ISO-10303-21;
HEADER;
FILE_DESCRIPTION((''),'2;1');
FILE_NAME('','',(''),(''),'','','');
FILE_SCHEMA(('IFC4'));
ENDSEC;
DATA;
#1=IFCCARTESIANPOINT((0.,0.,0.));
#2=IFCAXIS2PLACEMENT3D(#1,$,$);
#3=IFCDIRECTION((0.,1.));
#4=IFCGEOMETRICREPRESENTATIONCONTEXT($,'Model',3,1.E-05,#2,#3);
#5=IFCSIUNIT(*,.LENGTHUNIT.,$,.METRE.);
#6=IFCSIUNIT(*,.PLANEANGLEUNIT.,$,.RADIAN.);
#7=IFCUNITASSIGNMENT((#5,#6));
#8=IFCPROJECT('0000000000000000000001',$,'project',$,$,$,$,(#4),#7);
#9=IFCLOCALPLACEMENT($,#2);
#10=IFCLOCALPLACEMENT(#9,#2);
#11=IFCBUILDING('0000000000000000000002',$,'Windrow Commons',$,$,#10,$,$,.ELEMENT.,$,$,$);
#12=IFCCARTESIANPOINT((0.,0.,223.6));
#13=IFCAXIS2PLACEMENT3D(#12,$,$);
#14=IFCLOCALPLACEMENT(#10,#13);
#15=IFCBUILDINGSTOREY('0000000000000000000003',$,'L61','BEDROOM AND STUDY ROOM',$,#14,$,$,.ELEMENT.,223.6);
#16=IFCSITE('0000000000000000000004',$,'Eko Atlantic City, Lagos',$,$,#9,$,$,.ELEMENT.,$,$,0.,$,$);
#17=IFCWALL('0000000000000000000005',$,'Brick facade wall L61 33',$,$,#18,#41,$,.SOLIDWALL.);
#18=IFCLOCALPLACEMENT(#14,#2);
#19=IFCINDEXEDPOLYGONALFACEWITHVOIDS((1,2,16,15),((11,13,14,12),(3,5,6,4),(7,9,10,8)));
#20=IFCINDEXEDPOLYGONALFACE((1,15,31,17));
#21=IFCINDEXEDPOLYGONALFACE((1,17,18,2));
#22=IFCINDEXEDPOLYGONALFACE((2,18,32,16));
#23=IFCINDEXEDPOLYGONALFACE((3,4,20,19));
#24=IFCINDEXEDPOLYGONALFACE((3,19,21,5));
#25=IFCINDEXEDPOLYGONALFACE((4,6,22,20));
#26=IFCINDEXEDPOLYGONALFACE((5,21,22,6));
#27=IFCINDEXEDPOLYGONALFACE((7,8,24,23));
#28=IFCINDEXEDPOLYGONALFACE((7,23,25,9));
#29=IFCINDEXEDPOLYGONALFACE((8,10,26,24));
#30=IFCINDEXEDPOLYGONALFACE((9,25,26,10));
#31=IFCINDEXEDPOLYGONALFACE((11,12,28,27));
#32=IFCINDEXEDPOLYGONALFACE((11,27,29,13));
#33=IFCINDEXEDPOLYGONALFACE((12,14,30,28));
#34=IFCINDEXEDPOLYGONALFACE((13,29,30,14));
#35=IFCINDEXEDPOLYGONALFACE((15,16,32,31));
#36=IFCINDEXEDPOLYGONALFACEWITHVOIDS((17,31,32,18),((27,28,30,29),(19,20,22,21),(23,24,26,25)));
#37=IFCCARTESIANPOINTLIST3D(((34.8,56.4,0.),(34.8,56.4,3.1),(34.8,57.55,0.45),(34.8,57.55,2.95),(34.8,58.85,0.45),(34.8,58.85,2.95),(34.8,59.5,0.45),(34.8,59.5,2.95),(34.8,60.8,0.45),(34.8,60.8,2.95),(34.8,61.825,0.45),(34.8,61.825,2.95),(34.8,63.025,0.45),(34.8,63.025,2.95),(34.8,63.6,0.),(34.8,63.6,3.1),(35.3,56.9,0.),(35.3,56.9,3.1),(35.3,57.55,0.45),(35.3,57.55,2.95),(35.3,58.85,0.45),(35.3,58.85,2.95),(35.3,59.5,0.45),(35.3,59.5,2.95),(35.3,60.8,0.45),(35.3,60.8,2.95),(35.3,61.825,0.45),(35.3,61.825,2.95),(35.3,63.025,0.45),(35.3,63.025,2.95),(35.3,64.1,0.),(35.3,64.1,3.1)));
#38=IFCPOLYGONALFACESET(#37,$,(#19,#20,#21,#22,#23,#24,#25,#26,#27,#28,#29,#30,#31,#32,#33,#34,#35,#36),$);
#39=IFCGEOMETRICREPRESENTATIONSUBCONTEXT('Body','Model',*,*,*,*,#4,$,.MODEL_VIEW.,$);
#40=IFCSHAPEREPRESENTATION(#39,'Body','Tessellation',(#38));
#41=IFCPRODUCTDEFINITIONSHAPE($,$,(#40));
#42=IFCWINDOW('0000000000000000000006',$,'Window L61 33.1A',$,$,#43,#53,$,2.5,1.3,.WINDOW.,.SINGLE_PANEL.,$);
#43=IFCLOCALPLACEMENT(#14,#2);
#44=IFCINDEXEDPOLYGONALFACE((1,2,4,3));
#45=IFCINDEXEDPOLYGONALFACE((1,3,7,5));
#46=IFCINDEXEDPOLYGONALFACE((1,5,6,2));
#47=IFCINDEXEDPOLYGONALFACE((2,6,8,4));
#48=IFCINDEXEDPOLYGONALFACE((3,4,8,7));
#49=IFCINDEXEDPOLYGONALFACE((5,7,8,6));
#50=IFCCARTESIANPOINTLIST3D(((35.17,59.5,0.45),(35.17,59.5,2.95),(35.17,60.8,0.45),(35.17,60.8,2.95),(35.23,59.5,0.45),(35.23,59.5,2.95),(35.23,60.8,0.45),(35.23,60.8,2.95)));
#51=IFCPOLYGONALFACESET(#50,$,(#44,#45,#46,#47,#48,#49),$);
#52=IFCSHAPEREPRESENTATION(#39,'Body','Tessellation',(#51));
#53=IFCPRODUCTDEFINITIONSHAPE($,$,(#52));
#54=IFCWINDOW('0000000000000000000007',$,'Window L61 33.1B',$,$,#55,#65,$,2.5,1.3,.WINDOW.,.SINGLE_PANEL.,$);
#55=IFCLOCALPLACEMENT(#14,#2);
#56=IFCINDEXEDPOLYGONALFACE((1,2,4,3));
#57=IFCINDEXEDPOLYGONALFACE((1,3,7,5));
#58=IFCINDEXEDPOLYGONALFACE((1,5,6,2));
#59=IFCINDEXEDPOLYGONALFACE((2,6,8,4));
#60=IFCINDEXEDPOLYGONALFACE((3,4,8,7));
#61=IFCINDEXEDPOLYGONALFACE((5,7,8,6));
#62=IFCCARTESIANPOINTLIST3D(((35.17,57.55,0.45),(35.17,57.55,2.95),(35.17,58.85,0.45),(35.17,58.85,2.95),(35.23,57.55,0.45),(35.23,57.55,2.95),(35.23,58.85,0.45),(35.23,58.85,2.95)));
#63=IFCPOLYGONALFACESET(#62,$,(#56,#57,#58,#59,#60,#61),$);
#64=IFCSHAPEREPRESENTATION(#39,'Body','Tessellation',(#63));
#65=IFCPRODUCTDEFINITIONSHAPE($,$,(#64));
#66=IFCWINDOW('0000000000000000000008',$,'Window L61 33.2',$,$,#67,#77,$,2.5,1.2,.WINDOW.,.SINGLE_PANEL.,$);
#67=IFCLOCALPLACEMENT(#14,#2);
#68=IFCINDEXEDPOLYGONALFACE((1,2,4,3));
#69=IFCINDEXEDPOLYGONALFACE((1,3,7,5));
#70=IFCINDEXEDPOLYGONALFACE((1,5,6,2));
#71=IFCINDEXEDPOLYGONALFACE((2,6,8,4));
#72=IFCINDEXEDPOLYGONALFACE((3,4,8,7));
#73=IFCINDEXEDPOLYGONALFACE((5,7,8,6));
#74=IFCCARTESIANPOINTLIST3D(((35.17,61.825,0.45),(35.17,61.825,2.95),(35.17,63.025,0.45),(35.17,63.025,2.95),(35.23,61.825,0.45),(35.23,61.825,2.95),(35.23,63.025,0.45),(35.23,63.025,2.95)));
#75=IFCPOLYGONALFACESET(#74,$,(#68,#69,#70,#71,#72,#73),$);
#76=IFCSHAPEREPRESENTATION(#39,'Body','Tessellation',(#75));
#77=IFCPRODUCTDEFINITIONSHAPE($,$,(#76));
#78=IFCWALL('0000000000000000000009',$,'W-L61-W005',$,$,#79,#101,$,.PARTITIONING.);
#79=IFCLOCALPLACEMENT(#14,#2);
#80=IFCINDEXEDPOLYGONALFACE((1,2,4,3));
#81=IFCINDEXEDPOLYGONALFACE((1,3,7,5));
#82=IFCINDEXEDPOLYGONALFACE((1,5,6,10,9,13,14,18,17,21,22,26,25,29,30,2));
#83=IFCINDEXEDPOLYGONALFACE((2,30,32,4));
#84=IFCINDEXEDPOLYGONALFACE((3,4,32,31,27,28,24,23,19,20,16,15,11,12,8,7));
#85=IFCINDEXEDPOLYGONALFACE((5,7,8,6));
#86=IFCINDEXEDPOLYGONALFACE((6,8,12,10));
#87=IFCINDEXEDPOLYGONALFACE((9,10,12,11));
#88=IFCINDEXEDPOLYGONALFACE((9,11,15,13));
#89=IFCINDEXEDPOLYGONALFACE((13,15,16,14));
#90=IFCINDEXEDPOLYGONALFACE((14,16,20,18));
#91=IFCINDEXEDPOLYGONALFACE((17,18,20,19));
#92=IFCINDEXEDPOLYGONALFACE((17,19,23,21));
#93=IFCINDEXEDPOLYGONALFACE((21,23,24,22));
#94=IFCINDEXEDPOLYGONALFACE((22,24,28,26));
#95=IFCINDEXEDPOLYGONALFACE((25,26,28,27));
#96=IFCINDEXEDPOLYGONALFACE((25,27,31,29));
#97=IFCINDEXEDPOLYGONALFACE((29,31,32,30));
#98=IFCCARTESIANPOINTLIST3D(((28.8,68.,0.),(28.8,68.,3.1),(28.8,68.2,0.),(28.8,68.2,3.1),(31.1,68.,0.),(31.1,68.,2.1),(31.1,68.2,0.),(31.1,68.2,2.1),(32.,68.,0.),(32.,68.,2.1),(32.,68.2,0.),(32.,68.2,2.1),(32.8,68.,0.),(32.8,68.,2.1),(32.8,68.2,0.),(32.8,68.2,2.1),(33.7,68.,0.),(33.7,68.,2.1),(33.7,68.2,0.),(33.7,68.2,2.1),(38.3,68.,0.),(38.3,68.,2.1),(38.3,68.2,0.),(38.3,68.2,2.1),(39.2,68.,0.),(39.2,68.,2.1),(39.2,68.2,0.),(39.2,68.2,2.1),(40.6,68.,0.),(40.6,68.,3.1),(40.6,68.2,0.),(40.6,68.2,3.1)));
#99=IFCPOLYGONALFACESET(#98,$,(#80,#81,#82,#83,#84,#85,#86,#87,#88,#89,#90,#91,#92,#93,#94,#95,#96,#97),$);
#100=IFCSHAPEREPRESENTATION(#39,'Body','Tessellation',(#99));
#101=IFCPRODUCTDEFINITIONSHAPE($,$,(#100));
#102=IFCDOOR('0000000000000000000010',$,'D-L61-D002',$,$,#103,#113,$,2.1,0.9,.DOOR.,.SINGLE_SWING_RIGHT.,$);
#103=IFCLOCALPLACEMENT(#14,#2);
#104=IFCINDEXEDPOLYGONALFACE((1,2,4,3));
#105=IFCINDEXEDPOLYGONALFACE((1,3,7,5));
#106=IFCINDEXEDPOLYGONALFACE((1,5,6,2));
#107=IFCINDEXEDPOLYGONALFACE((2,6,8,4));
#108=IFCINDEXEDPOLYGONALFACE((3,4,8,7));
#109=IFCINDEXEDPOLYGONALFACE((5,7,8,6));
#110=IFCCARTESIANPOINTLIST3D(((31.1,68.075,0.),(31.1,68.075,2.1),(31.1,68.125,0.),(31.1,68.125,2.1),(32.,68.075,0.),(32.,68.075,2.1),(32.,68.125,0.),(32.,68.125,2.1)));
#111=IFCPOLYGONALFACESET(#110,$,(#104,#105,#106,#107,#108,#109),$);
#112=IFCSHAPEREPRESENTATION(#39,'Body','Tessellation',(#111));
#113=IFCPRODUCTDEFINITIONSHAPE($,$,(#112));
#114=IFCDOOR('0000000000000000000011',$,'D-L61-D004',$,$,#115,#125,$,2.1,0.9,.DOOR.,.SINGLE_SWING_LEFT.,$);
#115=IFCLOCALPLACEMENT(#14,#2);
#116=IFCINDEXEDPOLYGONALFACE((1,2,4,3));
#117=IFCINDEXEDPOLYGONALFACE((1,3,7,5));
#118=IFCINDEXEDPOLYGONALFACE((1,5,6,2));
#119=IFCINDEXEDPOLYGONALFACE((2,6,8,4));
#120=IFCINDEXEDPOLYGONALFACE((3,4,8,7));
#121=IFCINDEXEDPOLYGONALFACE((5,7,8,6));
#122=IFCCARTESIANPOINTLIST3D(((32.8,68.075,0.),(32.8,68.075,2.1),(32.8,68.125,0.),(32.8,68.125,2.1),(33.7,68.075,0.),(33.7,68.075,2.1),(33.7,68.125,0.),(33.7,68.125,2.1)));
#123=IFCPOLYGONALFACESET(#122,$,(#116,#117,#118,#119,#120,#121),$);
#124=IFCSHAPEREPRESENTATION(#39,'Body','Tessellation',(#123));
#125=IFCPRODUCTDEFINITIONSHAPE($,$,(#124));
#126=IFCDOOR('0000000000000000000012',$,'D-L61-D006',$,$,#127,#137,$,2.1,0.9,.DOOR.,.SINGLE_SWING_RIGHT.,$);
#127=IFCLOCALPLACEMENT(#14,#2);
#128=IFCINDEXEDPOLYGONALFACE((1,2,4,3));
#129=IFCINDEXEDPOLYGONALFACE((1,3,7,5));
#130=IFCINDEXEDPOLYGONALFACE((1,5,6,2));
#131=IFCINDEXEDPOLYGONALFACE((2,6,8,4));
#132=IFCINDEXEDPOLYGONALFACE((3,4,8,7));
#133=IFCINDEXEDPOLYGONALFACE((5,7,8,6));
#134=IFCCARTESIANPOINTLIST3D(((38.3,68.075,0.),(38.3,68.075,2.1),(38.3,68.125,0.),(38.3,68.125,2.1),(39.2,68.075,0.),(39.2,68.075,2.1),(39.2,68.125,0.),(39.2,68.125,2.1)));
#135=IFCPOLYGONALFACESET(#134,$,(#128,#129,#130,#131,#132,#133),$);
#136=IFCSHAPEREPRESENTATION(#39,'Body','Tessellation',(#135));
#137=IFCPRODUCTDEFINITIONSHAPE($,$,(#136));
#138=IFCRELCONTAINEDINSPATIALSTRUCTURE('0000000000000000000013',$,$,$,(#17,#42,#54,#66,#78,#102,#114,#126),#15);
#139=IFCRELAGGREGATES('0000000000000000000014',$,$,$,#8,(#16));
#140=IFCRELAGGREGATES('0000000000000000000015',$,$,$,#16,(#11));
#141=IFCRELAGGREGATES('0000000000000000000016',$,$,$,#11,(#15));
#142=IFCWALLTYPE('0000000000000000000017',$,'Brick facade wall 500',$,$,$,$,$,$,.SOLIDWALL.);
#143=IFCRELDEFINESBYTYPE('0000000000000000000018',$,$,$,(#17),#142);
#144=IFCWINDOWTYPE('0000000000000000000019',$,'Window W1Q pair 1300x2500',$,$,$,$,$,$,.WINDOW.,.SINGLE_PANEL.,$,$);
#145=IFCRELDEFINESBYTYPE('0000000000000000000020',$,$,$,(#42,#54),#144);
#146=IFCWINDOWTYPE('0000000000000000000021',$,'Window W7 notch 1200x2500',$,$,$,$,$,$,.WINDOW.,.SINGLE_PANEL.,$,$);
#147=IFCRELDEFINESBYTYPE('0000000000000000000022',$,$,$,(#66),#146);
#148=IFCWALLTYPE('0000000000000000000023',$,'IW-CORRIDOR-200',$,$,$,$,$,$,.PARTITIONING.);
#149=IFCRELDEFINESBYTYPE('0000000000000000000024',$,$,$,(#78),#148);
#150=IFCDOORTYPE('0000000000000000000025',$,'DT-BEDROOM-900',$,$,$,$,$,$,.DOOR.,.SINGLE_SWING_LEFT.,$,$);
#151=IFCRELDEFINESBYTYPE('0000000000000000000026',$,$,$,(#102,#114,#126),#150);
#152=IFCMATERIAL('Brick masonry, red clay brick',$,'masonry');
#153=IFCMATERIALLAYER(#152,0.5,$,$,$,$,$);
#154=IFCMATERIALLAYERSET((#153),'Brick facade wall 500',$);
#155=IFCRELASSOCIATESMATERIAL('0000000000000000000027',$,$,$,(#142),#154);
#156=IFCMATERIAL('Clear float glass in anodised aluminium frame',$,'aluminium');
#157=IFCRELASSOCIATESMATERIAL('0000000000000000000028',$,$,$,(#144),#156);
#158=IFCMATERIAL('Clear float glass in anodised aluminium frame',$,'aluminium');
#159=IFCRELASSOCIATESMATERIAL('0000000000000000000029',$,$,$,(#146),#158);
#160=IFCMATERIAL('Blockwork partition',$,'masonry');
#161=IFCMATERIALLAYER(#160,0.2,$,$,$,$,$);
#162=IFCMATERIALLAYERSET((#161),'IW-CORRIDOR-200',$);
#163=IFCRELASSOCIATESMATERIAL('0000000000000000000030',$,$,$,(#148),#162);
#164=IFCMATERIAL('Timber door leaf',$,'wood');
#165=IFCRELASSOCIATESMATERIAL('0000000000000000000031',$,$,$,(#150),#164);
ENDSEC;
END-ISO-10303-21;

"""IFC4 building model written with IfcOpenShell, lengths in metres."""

from ifc_helpers import new_model, si_unit, direction, frame, frame_2d, origin, place, context, subcontext, project, spatial, polyline, rectangle, outline, extrude, material, layer, layer_set, type_object, element, fill, save


model = new_model("IFC4")

# Units and contexts
model_context = context("Model", 3, precision=1e-05, world=origin(), true_north=direction((0.0, 1.0)))
body_context = subcontext(model_context, "Body", "Model", "MODEL_VIEW")
ifc_project = project(units=[si_unit("LENGTHUNIT", "METRE"), si_unit("PLANEANGLEUNIT", "RADIAN")], contexts=[model_context])

# Site, building, storey
site_placement = place(None, origin())
site = spatial("IfcSite", under=ifc_project, at=site_placement, Name="Eko Atlantic City, Lagos", CompositionType="ELEMENT", RefElevation=0.0)
building_placement = place(site_placement, origin())
building = spatial("IfcBuilding", under=site, at=building_placement, Name="Windrow Commons", CompositionType="ELEMENT")
storey_placement = place(building_placement, frame((0.0, 0.0, 223.6)))
storey = spatial("IfcBuildingStorey", under=building, at=storey_placement, Name="L61", Description="BEDROOM AND STUDY ROOM", CompositionType="ELEMENT", Elevation=223.6)

# Wall, openings, windows
ifc_material_1 = material(Name="Brick masonry, red clay brick", Category="masonry")
ifc_layer_1 = layer(ifc_material_1, 0.5)
ifc_layer_set_1 = layer_set([ifc_layer_1], Name="Brick facade wall 500")
wall_type_1 = type_object("IfcWallType", Name="Brick facade wall 500", PredefinedType="SOLIDWALL", material=ifc_layer_set_1)
ifc_material_2 = material(Name="Clear float glass in anodised aluminium frame", Category="aluminium")
window_type_1 = type_object("IfcWindowType", Name="Window W1Q pair 1300x2500", PartitioningType="SINGLE_PANEL", PredefinedType="WINDOW", material=ifc_material_2)
ifc_material_3 = material(Name="Clear float glass in anodised aluminium frame", Category="aluminium")
window_type_2 = type_object("IfcWindowType", Name="Window W7 notch 1200x2500", PartitioningType="SINGLE_PANEL", PredefinedType="WINDOW", material=ifc_material_3)
wall_1_placement = place(storey_placement, frame((35.05, 63.85, 0.0), z_axis=(0.0, 0.0, 1.0), x_axis=(0.0, -1.0, 0.0)))
wall_1 = element("IfcWall", 1, at=wall_1_placement, inside=storey, type_object=wall_type_1, Name="Brick facade wall L61 33", PredefinedType="SOLIDWALL", context=body_context, shape_type="SweptSolid", body=[
    extrude(outline(polyline([(0.25, -0.25), (7.45, -0.25), (6.95, 0.25), (-0.25, 0.25), (0.25, -0.25)])), origin(), (0.0, 0.0, 1.0), 3.1),
])
opening_1_placement = place(wall_1_placement, frame((3.05, 0.0, 0.45)))
opening_1 = element("IfcOpeningElement", 2, at=opening_1_placement, cuts=wall_1, PredefinedType="OPENING", context=body_context, shape_type="SweptSolid", body=[
    extrude(rectangle(XDim=1.3, YDim=2.5, at=frame_2d((0.65, 1.25))), frame((0.0, 0.26, 0.0), z_axis=(0.0, -1.0, 0.0), x_axis=(1.0, 0.0, 0.0)), (0.0, 0.0, 1.0), 0.52),
])
opening_2_placement = place(wall_1_placement, frame((5.0, 0.0, 0.45)))
opening_2 = element("IfcOpeningElement", 3, at=opening_2_placement, cuts=wall_1, PredefinedType="OPENING", context=body_context, shape_type="SweptSolid", body=[
    extrude(rectangle(XDim=1.3, YDim=2.5, at=frame_2d((0.65, 1.25))), frame((0.0, 0.26, 0.0), z_axis=(0.0, -1.0, 0.0), x_axis=(1.0, 0.0, 0.0)), (0.0, 0.0, 1.0), 0.52),
])
opening_3_placement = place(wall_1_placement, frame((0.825, 0.0, 0.45)))
opening_3 = element("IfcOpeningElement", 4, at=opening_3_placement, cuts=wall_1, PredefinedType="OPENING", context=body_context, shape_type="SweptSolid", body=[
    extrude(rectangle(XDim=1.2, YDim=2.5, at=frame_2d((0.6, 1.25))), frame((0.0, 0.26, 0.0), z_axis=(0.0, -1.0, 0.0), x_axis=(1.0, 0.0, 0.0)), (0.0, 0.0, 1.0), 0.52),
])
window_1_placement = place(opening_1_placement, origin())
window_1 = element("IfcWindow", 5, at=window_1_placement, inside=storey, type_object=window_type_1, Name="Window L61 33.1A", OverallHeight=2.5, OverallWidth=1.3, PartitioningType="SINGLE_PANEL", PredefinedType="WINDOW", context=body_context, shape_type="SweptSolid", body=[
    extrude(rectangle(XDim=1.3, YDim=2.5, at=frame_2d((0.65, 1.25))), frame((0.0, 0.18, 0.0), z_axis=(0.0, -1.0, 0.0), x_axis=(1.0, 0.0, 0.0)), (0.0, 0.0, 1.0), 0.06),
])
fill(opening_1, window_1)
window_2_placement = place(opening_2_placement, origin())
window_2 = element("IfcWindow", 6, at=window_2_placement, inside=storey, type_object=window_type_1, Name="Window L61 33.1B", OverallHeight=2.5, OverallWidth=1.3, PartitioningType="SINGLE_PANEL", PredefinedType="WINDOW", context=body_context, shape_type="SweptSolid", body=[
    extrude(rectangle(XDim=1.3, YDim=2.5, at=frame_2d((0.65, 1.25))), frame((0.0, 0.18, 0.0), z_axis=(0.0, -1.0, 0.0), x_axis=(1.0, 0.0, 0.0)), (0.0, 0.0, 1.0), 0.06),
])
fill(opening_2, window_2)
window_3_placement = place(opening_3_placement, origin())
window_3 = element("IfcWindow", 7, at=window_3_placement, inside=storey, type_object=window_type_2, Name="Window L61 33.2", OverallHeight=2.5, OverallWidth=1.2, PartitioningType="SINGLE_PANEL", PredefinedType="WINDOW", context=body_context, shape_type="SweptSolid", body=[
    extrude(rectangle(XDim=1.2, YDim=2.5, at=frame_2d((0.6, 1.25))), frame((0.0, 0.18, 0.0), z_axis=(0.0, -1.0, 0.0), x_axis=(1.0, 0.0, 0.0)), (0.0, 0.0, 1.0), 0.06),
])
fill(opening_3, window_3)

# Wall, openings, doors
ifc_material_4 = material(Name="Blockwork partition", Category="masonry")
ifc_layer_2 = layer(ifc_material_4, 0.2)
ifc_layer_set_2 = layer_set([ifc_layer_2], Name="IW-CORRIDOR-200")
wall_type_2 = type_object("IfcWallType", Name="IW-CORRIDOR-200", PredefinedType="PARTITIONING", material=ifc_layer_set_2)
wall_2_placement = place(storey_placement, frame((28.8, 68.1, 0.0), z_axis=(0.0, 0.0, 1.0), x_axis=(1.0, 0.0, 0.0)))
wall_2 = element("IfcWall", 8, at=wall_2_placement, inside=storey, type_object=wall_type_2, Name="W-L61-W005", PredefinedType="PARTITIONING", context=body_context, shape_type="SweptSolid", body=[
    extrude(rectangle(XDim=11.8, YDim=0.2, at=frame_2d((5.9, 0.0))), origin(), (0.0, 0.0, 1.0), 3.1),
])
opening_4_placement = place(wall_2_placement, frame((2.3, 0.0, 0.0)))
opening_4 = element("IfcOpeningElement", 9, at=opening_4_placement, cuts=wall_2, PredefinedType="OPENING", context=body_context, shape_type="SweptSolid", body=[
    extrude(rectangle(XDim=0.9, YDim=2.1, at=frame_2d((0.45, 1.05))), frame((0.0, 0.11, 0.0), z_axis=(0.0, -1.0, 0.0), x_axis=(1.0, 0.0, 0.0)), (0.0, 0.0, 1.0), 0.22),
])
opening_5_placement = place(wall_2_placement, frame((4.0, 0.0, 0.0)))
opening_5 = element("IfcOpeningElement", 10, at=opening_5_placement, cuts=wall_2, PredefinedType="OPENING", context=body_context, shape_type="SweptSolid", body=[
    extrude(rectangle(XDim=0.9, YDim=2.1, at=frame_2d((0.45, 1.05))), frame((0.0, 0.11, 0.0), z_axis=(0.0, -1.0, 0.0), x_axis=(1.0, 0.0, 0.0)), (0.0, 0.0, 1.0), 0.22),
])
opening_6_placement = place(wall_2_placement, frame((9.5, 0.0, 0.0)))
opening_6 = element("IfcOpeningElement", 11, at=opening_6_placement, cuts=wall_2, PredefinedType="OPENING", context=body_context, shape_type="SweptSolid", body=[
    extrude(rectangle(XDim=0.9, YDim=2.1, at=frame_2d((0.45, 1.05))), frame((0.0, 0.11, 0.0), z_axis=(0.0, -1.0, 0.0), x_axis=(1.0, 0.0, 0.0)), (0.0, 0.0, 1.0), 0.22),
])
ifc_material_5 = material(Name="Timber door leaf", Category="wood")
door_type_1 = type_object("IfcDoorType", Name="DT-BEDROOM-900", OperationType="SINGLE_SWING_LEFT", PredefinedType="DOOR", material=ifc_material_5)
door_1_placement = place(opening_4_placement, origin())
door_1 = element("IfcDoor", 12, at=door_1_placement, inside=storey, type_object=door_type_1, Name="D-L61-D002", OperationType="SINGLE_SWING_RIGHT", OverallHeight=2.1, OverallWidth=0.9, PredefinedType="DOOR", context=body_context, shape_type="SweptSolid", body=[
    extrude(rectangle(XDim=0.9, YDim=2.1, at=frame_2d((0.45, 1.05))), frame((0.0, 0.025, 0.0), z_axis=(0.0, -1.0, 0.0), x_axis=(1.0, 0.0, 0.0)), (0.0, 0.0, 1.0), 0.05),
])
fill(opening_4, door_1)
door_2_placement = place(opening_5_placement, origin())
door_2 = element("IfcDoor", 13, at=door_2_placement, inside=storey, type_object=door_type_1, Name="D-L61-D004", OperationType="SINGLE_SWING_LEFT", OverallHeight=2.1, OverallWidth=0.9, PredefinedType="DOOR", context=body_context, shape_type="SweptSolid", body=[
    extrude(rectangle(XDim=0.9, YDim=2.1, at=frame_2d((0.45, 1.05))), frame((0.0, 0.025, 0.0), z_axis=(0.0, -1.0, 0.0), x_axis=(1.0, 0.0, 0.0)), (0.0, 0.0, 1.0), 0.05),
])
fill(opening_5, door_2)
door_3_placement = place(opening_6_placement, origin())
door_3 = element("IfcDoor", 14, at=door_3_placement, inside=storey, type_object=door_type_1, Name="D-L61-D006", OperationType="SINGLE_SWING_RIGHT", OverallHeight=2.1, OverallWidth=0.9, PredefinedType="DOOR", context=body_context, shape_type="SweptSolid", body=[
    extrude(rectangle(XDim=0.9, YDim=2.1, at=frame_2d((0.45, 1.05))), frame((0.0, 0.025, 0.0), z_axis=(0.0, -1.0, 0.0), x_axis=(1.0, 0.0, 0.0)), (0.0, 0.0, 1.0), 0.05),
])
fill(opening_6, door_3)

save(model, "model.ifc")
